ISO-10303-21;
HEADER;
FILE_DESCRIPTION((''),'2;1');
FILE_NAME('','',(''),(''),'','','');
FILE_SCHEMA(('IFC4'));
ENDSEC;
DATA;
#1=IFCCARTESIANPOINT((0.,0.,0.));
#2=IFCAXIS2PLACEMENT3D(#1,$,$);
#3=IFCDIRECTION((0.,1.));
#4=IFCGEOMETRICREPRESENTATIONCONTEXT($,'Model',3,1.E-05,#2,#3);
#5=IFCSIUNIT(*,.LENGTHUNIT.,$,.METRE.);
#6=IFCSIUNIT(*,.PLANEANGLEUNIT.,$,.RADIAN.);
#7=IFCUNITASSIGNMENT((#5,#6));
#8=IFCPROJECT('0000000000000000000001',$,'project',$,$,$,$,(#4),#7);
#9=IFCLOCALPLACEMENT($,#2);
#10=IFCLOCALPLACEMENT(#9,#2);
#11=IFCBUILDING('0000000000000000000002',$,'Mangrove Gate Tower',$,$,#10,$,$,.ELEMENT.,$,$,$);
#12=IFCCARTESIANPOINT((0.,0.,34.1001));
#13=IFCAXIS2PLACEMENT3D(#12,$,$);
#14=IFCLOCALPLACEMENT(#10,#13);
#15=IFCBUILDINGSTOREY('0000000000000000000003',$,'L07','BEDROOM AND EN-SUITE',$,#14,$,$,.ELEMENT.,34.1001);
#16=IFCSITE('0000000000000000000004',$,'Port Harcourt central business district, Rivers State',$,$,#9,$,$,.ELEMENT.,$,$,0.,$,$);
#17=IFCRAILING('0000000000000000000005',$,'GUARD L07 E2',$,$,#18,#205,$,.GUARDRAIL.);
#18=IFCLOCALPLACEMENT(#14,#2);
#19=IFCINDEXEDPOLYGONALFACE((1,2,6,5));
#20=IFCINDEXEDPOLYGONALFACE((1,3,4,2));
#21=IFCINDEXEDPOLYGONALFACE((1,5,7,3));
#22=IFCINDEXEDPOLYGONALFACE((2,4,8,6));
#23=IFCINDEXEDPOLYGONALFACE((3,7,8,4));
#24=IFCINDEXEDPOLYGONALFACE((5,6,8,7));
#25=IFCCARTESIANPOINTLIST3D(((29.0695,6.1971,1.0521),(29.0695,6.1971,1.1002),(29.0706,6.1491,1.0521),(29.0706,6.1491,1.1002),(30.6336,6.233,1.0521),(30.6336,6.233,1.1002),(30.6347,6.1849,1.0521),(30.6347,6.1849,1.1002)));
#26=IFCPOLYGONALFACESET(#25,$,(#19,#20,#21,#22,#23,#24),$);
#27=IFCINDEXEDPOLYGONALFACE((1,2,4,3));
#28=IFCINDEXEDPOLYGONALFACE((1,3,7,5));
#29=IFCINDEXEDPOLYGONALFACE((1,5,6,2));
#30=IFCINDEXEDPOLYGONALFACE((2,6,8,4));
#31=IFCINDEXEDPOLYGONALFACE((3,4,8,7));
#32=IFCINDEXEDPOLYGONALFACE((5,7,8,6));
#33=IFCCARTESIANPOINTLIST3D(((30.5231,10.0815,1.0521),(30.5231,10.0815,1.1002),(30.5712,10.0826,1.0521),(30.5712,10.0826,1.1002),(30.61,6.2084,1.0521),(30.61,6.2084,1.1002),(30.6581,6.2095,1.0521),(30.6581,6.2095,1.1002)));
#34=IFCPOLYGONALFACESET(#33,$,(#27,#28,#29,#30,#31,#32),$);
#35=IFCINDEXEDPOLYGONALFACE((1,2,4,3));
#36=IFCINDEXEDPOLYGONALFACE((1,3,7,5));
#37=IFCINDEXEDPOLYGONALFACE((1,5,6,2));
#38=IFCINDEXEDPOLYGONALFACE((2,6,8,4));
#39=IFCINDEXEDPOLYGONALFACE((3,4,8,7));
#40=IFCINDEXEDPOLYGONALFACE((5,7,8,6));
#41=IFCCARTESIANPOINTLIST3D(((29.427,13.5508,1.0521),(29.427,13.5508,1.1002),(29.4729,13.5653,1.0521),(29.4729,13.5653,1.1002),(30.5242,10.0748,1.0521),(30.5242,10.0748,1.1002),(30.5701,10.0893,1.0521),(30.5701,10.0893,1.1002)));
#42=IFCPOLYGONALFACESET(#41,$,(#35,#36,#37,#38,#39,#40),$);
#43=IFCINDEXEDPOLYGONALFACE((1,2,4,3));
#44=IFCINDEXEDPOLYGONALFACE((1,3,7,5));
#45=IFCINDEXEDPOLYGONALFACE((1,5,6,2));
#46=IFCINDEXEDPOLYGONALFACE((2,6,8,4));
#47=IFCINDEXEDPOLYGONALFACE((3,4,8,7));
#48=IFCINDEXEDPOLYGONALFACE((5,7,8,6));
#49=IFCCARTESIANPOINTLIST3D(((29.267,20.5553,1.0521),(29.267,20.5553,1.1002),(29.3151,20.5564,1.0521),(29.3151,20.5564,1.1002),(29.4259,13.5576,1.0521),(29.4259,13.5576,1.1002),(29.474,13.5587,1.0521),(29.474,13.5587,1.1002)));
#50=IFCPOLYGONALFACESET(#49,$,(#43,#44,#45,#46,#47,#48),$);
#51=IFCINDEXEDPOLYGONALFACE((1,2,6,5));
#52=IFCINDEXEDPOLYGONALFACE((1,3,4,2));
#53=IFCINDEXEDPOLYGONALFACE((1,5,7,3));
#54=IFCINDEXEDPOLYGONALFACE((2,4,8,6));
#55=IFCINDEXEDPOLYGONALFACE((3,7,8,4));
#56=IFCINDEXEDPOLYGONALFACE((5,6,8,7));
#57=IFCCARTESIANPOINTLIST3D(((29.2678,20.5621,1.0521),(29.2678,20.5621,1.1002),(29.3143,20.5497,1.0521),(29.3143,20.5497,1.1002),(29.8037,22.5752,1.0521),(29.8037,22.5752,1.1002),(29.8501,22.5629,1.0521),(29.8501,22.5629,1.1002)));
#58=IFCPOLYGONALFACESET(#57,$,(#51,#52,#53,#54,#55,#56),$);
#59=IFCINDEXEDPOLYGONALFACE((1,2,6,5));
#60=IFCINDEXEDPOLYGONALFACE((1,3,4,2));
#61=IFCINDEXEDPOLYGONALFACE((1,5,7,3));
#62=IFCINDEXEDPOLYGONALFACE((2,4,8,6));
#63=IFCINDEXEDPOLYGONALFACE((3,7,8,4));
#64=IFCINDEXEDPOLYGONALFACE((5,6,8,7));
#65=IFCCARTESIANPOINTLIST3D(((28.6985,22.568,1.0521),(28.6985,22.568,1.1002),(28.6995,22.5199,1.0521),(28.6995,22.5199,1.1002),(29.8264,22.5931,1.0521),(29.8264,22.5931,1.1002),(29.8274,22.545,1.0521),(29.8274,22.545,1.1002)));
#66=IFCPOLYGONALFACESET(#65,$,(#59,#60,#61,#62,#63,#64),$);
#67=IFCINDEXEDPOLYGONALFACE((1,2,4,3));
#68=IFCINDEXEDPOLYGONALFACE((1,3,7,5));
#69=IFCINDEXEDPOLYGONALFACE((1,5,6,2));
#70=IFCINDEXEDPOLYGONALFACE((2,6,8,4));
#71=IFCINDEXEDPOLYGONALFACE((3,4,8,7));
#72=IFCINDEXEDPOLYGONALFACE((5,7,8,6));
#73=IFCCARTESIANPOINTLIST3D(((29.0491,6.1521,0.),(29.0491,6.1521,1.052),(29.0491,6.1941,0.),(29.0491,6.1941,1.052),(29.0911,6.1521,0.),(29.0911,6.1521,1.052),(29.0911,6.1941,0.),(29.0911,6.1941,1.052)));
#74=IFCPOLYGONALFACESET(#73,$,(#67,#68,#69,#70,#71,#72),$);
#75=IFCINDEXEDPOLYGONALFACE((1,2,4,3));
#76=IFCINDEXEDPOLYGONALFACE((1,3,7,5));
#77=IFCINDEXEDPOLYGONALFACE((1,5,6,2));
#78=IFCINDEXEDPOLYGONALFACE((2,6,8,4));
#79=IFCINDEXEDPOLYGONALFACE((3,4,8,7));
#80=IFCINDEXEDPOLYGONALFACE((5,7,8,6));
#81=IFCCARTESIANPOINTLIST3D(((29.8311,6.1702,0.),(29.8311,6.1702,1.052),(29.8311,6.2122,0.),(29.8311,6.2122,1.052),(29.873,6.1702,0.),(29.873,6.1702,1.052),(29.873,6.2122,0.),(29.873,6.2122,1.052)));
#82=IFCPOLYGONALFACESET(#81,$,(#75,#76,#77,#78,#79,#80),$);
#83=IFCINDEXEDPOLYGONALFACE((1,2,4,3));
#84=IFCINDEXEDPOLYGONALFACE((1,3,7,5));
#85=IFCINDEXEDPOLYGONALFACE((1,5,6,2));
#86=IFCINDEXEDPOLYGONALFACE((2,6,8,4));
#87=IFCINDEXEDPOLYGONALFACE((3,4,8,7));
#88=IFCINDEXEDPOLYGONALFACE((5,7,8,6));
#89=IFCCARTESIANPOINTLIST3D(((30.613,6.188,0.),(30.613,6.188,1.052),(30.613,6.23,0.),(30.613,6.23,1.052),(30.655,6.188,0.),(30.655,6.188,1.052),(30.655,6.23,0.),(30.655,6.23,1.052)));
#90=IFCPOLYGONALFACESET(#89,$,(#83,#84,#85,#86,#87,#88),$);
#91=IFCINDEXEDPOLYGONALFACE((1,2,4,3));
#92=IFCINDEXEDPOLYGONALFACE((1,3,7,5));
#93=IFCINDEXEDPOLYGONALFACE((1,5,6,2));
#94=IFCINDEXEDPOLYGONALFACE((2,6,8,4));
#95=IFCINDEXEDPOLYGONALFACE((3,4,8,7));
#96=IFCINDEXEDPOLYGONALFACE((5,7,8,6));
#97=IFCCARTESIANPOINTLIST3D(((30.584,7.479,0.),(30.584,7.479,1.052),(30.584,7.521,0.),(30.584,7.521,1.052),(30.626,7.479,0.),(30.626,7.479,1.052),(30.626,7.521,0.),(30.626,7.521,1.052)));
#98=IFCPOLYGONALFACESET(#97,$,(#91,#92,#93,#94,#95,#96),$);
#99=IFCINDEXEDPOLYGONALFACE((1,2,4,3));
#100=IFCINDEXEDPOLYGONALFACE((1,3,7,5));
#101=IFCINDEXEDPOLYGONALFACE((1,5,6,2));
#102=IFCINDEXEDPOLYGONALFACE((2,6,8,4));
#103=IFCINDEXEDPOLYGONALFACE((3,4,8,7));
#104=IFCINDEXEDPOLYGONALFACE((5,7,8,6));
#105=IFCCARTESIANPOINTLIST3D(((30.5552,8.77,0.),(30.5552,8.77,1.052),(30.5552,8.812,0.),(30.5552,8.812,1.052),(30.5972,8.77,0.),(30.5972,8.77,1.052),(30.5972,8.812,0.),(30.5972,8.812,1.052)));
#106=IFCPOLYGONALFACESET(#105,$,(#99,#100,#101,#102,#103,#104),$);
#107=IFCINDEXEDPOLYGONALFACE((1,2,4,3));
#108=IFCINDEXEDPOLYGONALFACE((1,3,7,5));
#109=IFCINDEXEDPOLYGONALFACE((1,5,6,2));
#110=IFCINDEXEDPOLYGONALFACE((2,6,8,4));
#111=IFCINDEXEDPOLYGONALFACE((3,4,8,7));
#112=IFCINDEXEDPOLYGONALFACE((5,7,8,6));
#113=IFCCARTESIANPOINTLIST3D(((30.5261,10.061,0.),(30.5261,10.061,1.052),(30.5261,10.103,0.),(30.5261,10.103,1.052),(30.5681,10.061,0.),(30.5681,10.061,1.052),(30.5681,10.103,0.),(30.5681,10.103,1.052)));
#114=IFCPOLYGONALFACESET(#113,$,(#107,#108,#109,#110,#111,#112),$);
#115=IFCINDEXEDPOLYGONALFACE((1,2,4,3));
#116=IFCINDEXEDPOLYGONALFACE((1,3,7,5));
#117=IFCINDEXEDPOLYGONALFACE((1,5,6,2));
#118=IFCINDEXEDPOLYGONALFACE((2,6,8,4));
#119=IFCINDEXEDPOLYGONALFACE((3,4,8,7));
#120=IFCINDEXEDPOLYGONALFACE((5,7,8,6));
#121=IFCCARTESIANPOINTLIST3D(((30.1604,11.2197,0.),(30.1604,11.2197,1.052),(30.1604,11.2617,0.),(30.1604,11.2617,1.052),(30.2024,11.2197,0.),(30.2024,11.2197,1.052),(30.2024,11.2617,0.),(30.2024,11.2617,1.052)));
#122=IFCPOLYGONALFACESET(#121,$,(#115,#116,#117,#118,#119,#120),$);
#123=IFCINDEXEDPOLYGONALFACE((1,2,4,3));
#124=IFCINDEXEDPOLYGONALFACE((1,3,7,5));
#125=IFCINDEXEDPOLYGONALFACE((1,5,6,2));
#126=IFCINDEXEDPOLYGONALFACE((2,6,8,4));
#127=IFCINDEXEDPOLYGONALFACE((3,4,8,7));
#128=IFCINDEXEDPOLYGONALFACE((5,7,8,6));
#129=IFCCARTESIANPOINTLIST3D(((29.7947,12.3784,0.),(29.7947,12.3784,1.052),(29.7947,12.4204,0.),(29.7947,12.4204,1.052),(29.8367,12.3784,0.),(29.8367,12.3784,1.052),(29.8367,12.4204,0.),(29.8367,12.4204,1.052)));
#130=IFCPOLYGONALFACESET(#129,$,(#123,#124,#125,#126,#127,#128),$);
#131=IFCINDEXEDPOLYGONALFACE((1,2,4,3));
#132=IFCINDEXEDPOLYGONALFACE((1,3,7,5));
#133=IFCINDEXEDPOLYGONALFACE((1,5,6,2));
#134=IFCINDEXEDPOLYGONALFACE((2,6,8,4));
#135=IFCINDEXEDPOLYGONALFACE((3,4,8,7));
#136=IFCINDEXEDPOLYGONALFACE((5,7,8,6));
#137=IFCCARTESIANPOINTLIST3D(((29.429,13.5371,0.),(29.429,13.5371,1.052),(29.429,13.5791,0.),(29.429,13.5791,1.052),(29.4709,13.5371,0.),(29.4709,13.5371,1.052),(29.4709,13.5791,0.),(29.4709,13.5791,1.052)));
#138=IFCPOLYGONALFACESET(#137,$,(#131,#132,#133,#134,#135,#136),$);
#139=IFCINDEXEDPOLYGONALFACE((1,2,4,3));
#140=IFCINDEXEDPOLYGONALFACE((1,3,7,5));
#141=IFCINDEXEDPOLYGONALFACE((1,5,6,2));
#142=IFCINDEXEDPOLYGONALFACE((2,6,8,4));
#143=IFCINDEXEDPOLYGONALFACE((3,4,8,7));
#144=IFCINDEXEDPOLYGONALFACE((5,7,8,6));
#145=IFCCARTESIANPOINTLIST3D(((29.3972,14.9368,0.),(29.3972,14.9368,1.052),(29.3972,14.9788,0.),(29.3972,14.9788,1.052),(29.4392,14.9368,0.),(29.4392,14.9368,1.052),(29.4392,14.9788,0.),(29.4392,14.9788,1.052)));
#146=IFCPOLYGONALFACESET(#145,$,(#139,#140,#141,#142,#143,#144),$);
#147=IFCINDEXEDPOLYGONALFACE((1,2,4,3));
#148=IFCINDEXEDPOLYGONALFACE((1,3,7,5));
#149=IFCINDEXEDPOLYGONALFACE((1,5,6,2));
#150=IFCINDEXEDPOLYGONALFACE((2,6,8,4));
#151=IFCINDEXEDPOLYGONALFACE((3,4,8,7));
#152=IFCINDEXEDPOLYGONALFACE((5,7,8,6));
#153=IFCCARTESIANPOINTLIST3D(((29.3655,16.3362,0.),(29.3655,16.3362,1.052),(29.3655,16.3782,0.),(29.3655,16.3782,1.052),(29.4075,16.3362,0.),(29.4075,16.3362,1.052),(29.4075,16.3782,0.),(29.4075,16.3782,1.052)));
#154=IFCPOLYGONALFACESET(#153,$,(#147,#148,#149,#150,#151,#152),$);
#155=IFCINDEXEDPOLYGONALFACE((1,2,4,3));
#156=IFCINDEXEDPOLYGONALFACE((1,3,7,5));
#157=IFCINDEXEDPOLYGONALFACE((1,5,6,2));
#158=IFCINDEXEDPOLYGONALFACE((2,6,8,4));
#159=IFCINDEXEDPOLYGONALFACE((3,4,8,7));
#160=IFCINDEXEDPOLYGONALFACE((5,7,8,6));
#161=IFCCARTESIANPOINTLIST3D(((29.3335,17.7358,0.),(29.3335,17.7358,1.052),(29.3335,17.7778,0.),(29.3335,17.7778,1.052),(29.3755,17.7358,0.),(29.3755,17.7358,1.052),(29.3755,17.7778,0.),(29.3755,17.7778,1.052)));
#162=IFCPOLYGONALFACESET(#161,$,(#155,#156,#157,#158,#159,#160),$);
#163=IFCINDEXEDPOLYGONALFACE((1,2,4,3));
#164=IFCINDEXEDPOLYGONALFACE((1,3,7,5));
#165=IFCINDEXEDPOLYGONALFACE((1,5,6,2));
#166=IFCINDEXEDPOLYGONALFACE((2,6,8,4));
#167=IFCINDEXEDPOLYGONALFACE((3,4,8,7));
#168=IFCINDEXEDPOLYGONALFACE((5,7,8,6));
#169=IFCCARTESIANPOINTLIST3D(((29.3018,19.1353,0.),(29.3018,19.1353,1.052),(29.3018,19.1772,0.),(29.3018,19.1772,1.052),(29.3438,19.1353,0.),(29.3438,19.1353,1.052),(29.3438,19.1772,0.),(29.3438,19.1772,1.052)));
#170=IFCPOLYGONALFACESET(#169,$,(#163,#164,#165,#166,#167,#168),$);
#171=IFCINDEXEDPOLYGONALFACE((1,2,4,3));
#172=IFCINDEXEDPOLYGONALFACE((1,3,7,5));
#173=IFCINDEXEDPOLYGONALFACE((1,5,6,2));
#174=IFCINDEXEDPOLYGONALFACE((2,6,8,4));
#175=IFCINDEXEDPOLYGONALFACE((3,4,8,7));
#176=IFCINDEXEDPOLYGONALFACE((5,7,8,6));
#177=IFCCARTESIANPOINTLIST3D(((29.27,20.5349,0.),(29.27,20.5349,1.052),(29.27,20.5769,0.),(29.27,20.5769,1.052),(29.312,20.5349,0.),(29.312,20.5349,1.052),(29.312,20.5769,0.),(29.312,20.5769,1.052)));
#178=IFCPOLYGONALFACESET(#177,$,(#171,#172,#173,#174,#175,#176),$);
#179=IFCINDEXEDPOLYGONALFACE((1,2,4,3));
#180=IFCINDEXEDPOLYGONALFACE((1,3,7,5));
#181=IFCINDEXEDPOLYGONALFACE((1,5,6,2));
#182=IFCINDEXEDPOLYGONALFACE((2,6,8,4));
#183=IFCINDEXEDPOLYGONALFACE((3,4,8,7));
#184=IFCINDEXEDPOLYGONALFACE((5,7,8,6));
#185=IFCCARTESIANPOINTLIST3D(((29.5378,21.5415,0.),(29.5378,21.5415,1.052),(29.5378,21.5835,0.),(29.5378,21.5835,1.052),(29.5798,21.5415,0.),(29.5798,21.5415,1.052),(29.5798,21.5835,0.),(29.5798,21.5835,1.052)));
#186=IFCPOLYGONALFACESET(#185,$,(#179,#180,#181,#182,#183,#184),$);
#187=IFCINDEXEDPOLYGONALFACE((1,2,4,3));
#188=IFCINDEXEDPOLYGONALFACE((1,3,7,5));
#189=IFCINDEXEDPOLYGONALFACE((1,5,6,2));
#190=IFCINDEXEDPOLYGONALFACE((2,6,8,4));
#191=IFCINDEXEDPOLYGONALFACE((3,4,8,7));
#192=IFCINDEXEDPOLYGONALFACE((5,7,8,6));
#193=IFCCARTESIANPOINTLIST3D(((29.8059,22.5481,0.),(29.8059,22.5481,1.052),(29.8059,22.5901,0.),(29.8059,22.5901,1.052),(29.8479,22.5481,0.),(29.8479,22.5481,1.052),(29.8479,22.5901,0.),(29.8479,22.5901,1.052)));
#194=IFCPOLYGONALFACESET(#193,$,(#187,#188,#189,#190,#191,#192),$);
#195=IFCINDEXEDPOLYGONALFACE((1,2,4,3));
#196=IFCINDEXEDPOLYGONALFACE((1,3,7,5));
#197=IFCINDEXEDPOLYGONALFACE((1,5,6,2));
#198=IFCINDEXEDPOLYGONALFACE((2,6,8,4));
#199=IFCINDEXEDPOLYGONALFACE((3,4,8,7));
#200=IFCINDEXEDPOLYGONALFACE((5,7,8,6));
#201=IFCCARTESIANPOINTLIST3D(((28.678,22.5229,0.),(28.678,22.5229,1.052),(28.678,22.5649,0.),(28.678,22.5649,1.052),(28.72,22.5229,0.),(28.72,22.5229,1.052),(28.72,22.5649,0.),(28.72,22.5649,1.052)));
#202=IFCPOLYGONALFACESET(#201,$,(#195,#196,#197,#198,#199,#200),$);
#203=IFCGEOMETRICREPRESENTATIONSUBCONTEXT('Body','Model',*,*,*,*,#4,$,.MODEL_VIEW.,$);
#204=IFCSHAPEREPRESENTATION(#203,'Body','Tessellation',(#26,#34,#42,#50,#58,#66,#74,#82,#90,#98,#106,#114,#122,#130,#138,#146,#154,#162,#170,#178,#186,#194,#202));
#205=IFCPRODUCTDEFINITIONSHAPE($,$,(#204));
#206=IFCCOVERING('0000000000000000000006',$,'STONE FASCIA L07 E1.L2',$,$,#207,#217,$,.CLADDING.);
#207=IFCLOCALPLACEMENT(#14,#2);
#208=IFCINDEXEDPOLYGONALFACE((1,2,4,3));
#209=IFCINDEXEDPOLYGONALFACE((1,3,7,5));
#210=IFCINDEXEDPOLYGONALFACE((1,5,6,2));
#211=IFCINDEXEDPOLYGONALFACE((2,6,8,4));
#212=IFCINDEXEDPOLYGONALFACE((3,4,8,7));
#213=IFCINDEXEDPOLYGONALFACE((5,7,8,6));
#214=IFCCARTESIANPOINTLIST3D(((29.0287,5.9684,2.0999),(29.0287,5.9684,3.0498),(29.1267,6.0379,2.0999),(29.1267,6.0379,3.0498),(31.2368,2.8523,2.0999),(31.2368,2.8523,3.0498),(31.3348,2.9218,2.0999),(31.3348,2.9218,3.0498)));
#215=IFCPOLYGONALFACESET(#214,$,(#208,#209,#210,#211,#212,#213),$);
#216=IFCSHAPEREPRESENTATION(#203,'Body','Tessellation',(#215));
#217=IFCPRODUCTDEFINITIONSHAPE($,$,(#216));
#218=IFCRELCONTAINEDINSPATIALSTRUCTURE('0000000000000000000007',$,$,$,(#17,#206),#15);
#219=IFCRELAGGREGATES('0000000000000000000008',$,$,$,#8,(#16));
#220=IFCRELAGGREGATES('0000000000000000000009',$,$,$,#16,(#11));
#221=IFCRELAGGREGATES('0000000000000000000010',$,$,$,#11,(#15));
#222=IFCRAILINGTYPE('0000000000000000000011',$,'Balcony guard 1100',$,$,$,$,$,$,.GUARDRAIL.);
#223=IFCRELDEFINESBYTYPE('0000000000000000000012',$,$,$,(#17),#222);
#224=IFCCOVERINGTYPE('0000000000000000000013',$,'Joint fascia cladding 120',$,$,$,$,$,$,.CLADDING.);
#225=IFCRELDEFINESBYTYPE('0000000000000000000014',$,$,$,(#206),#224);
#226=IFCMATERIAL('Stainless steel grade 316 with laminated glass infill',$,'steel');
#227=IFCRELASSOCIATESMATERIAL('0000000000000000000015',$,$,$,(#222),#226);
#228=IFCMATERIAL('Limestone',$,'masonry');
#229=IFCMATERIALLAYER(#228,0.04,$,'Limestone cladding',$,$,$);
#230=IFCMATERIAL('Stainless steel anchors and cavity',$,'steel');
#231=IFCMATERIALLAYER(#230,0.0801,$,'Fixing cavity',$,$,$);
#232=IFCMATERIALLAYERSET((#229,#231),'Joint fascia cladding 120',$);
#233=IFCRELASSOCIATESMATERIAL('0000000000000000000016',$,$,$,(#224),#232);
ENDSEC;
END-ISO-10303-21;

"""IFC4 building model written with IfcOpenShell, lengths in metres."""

from ifc_helpers import new_model, si_unit, direction, frame, frame_2d, origin, origin_2d, place, context, subcontext, project, spatial, rectangle, extrude, material, layer, layer_set, type_object, element, save


model = new_model("IFC4")

# Units and contexts
model_context = context("Model", 3, precision=1e-05, world=origin(), true_north=direction((0.0, 1.0)))
body_context = subcontext(model_context, "Body", "Model", "MODEL_VIEW")
ifc_project = project(units=[si_unit("LENGTHUNIT", "METRE"), si_unit("PLANEANGLEUNIT", "RADIAN")], contexts=[model_context])

# Site, building, storey
site_placement = place(None, origin())
site = spatial("IfcSite", under=ifc_project, at=site_placement, Name="Port Harcourt central business district, Rivers State", CompositionType="ELEMENT", RefElevation=0.0)
building_placement = place(site_placement, origin())
building = spatial("IfcBuilding", under=site, at=building_placement, Name="Mangrove Gate Tower", CompositionType="ELEMENT")
storey_placement = place(building_placement, frame((0.0, 0.0, 34.1001)))
storey = spatial("IfcBuildingStorey", under=building, at=storey_placement, Name="L07", Description="BEDROOM AND EN-SUITE", CompositionType="ELEMENT", Elevation=34.1001)

# Shared definitions
ifc_material_1 = material(Name="Limestone", Category="masonry")

# Railing
ifc_material_2 = material(Name="Stainless steel grade 316 with laminated glass infill", Category="steel")
railing_type = type_object("IfcRailingType", Name="Balcony guard 1100", PredefinedType="GUARDRAIL", material=ifc_material_2)
railing_placement = place(storey_placement, frame((29.0701, 6.1731, 0.0)))
element("IfcRailing", 1, at=railing_placement, inside=storey, type_object=railing_type, Name="GUARD L07 E2", PredefinedType="GUARDRAIL", context=body_context, shape_type="SweptSolid", body=[
    extrude(rectangle(XDim=0.0481, YDim=0.0481, at=origin_2d()), frame((0.0, 0.0, 1.0762), z_axis=(0.999737, 0.022941, 0.0), x_axis=(-0.022941, 0.999737, 0.0)), (0.0, 0.0, 1.0), 1.5645),
    extrude(rectangle(XDim=0.0481, YDim=0.0481, at=origin_2d()), frame((1.564, 0.0359, 1.0762), z_axis=(-0.022435, 0.999748, 0.0), x_axis=(-0.999748, -0.022435, 0.0)), (0.0, 0.0, 1.0), 3.874),
    extrude(rectangle(XDim=0.0481, YDim=0.0481, at=origin_2d()), frame((1.4771, 3.9089, 1.0762), z_axis=(-0.300997, 0.953625, 0.0), x_axis=(-0.953625, -0.300997, 0.0)), (0.0, 0.0, 1.0), 3.645),
    extrude(rectangle(XDim=0.0481, YDim=0.0481, at=origin_2d()), frame((0.3799, 7.385, 1.0762), z_axis=(-0.022706, 0.999742, 0.0), x_axis=(-0.999742, -0.022706, 0.0)), (0.0, 0.0, 1.0), 6.9995),
    extrude(rectangle(XDim=0.0481, YDim=0.0481, at=origin_2d()), frame((0.2209, 14.3828, 1.0762), z_axis=(0.257232, 0.96635, 0.0), x_axis=(-0.96635, 0.257232, 0.0)), (0.0, 0.0, 1.0), 2.0833),
    extrude(rectangle(XDim=0.0481, YDim=0.0481, at=origin_2d()), frame((0.7568, 16.396, 1.0762), z_axis=(-0.999752, -0.022289, 0.0), x_axis=(0.022289, -0.999752, 0.0)), (0.0, 0.0, 1.0), 1.1282),
    extrude(rectangle(XDim=0.042, YDim=0.042, at=origin_2d()), origin(), (0.0, 0.0, 1.0), 1.052),
    extrude(rectangle(XDim=0.042, YDim=0.042, at=origin_2d()), frame((0.782, 0.0181, 0.0)), (0.0, 0.0, 1.0), 1.052),
    extrude(rectangle(XDim=0.042, YDim=0.042, at=origin_2d()), frame((1.564, 0.0359, 0.0)), (0.0, 0.0, 1.0), 1.052),
    extrude(rectangle(XDim=0.042, YDim=0.042, at=origin_2d()), frame((1.5349, 1.3269, 0.0)), (0.0, 0.0, 1.0), 1.052),
    extrude(rectangle(XDim=0.042, YDim=0.042, at=origin_2d()), frame((1.5061, 2.6179, 0.0)), (0.0, 0.0, 1.0), 1.052),
    extrude(rectangle(XDim=0.042, YDim=0.042, at=origin_2d()), frame((1.4771, 3.9089, 0.0)), (0.0, 0.0, 1.0), 1.052),
    extrude(rectangle(XDim=0.042, YDim=0.042, at=origin_2d()), frame((1.1113, 5.0676, 0.0)), (0.0, 0.0, 1.0), 1.052),
    extrude(rectangle(XDim=0.042, YDim=0.042, at=origin_2d()), frame((0.7456, 6.2263, 0.0)), (0.0, 0.0, 1.0), 1.052),
    extrude(rectangle(XDim=0.042, YDim=0.042, at=origin_2d()), frame((0.3799, 7.385, 0.0)), (0.0, 0.0, 1.0), 1.052),
    extrude(rectangle(XDim=0.042, YDim=0.042, at=origin_2d()), frame((0.3481, 8.7847, 0.0)), (0.0, 0.0, 1.0), 1.052),
    extrude(rectangle(XDim=0.042, YDim=0.042, at=origin_2d()), frame((0.3164, 10.1841, 0.0)), (0.0, 0.0, 1.0), 1.052),
    extrude(rectangle(XDim=0.042, YDim=0.042, at=origin_2d()), frame((0.2844, 11.5837, 0.0)), (0.0, 0.0, 1.0), 1.052),
    extrude(rectangle(XDim=0.042, YDim=0.042, at=origin_2d()), frame((0.2527, 12.9832, 0.0)), (0.0, 0.0, 1.0), 1.052),
    extrude(rectangle(XDim=0.042, YDim=0.042, at=origin_2d()), frame((0.2209, 14.3828, 0.0)), (0.0, 0.0, 1.0), 1.052),
    extrude(rectangle(XDim=0.042, YDim=0.042, at=origin_2d()), frame((0.4888, 15.3894, 0.0)), (0.0, 0.0, 1.0), 1.052),
    extrude(rectangle(XDim=0.042, YDim=0.042, at=origin_2d()), frame((0.7568, 16.396, 0.0)), (0.0, 0.0, 1.0), 1.052),
    extrude(rectangle(XDim=0.042, YDim=0.042, at=origin_2d()), frame((-0.3711, 16.3708, 0.0)), (0.0, 0.0, 1.0), 1.052),
])

# Covering
ifc_layer_1 = layer(ifc_material_1, 0.04, Name="Limestone cladding")
ifc_material_3 = material(Name="Stainless steel anchors and cavity", Category="steel")
ifc_layer_2 = layer(ifc_material_3, 0.0801, Name="Fixing cavity")
ifc_layer_set_1 = layer_set([ifc_layer_1, ifc_layer_2], Name="Joint fascia cladding 120")
covering_type = type_object("IfcCoveringType", Name="Joint fascia cladding 120", PredefinedType="CLADDING", material=ifc_layer_set_1)
covering_placement = place(storey_placement, frame((31.2859, 2.887, 2.0999), z_axis=(0.0, 0.0, 1.0), x_axis=(-0.578168, 0.815918, 0.0)))
element("IfcCovering", 2, at=covering_placement, inside=storey, type_object=covering_type, Name="STONE FASCIA L07 E1.L2", PredefinedType="CLADDING", context=body_context, shape_type="SweptSolid", body=[
    extrude(rectangle(XDim=3.8191, YDim=0.1201, at=frame_2d((1.9097, 0.0))), origin(), (0.0, 0.0, 1.0), 0.95),
])

save(model, "model.ifc")
